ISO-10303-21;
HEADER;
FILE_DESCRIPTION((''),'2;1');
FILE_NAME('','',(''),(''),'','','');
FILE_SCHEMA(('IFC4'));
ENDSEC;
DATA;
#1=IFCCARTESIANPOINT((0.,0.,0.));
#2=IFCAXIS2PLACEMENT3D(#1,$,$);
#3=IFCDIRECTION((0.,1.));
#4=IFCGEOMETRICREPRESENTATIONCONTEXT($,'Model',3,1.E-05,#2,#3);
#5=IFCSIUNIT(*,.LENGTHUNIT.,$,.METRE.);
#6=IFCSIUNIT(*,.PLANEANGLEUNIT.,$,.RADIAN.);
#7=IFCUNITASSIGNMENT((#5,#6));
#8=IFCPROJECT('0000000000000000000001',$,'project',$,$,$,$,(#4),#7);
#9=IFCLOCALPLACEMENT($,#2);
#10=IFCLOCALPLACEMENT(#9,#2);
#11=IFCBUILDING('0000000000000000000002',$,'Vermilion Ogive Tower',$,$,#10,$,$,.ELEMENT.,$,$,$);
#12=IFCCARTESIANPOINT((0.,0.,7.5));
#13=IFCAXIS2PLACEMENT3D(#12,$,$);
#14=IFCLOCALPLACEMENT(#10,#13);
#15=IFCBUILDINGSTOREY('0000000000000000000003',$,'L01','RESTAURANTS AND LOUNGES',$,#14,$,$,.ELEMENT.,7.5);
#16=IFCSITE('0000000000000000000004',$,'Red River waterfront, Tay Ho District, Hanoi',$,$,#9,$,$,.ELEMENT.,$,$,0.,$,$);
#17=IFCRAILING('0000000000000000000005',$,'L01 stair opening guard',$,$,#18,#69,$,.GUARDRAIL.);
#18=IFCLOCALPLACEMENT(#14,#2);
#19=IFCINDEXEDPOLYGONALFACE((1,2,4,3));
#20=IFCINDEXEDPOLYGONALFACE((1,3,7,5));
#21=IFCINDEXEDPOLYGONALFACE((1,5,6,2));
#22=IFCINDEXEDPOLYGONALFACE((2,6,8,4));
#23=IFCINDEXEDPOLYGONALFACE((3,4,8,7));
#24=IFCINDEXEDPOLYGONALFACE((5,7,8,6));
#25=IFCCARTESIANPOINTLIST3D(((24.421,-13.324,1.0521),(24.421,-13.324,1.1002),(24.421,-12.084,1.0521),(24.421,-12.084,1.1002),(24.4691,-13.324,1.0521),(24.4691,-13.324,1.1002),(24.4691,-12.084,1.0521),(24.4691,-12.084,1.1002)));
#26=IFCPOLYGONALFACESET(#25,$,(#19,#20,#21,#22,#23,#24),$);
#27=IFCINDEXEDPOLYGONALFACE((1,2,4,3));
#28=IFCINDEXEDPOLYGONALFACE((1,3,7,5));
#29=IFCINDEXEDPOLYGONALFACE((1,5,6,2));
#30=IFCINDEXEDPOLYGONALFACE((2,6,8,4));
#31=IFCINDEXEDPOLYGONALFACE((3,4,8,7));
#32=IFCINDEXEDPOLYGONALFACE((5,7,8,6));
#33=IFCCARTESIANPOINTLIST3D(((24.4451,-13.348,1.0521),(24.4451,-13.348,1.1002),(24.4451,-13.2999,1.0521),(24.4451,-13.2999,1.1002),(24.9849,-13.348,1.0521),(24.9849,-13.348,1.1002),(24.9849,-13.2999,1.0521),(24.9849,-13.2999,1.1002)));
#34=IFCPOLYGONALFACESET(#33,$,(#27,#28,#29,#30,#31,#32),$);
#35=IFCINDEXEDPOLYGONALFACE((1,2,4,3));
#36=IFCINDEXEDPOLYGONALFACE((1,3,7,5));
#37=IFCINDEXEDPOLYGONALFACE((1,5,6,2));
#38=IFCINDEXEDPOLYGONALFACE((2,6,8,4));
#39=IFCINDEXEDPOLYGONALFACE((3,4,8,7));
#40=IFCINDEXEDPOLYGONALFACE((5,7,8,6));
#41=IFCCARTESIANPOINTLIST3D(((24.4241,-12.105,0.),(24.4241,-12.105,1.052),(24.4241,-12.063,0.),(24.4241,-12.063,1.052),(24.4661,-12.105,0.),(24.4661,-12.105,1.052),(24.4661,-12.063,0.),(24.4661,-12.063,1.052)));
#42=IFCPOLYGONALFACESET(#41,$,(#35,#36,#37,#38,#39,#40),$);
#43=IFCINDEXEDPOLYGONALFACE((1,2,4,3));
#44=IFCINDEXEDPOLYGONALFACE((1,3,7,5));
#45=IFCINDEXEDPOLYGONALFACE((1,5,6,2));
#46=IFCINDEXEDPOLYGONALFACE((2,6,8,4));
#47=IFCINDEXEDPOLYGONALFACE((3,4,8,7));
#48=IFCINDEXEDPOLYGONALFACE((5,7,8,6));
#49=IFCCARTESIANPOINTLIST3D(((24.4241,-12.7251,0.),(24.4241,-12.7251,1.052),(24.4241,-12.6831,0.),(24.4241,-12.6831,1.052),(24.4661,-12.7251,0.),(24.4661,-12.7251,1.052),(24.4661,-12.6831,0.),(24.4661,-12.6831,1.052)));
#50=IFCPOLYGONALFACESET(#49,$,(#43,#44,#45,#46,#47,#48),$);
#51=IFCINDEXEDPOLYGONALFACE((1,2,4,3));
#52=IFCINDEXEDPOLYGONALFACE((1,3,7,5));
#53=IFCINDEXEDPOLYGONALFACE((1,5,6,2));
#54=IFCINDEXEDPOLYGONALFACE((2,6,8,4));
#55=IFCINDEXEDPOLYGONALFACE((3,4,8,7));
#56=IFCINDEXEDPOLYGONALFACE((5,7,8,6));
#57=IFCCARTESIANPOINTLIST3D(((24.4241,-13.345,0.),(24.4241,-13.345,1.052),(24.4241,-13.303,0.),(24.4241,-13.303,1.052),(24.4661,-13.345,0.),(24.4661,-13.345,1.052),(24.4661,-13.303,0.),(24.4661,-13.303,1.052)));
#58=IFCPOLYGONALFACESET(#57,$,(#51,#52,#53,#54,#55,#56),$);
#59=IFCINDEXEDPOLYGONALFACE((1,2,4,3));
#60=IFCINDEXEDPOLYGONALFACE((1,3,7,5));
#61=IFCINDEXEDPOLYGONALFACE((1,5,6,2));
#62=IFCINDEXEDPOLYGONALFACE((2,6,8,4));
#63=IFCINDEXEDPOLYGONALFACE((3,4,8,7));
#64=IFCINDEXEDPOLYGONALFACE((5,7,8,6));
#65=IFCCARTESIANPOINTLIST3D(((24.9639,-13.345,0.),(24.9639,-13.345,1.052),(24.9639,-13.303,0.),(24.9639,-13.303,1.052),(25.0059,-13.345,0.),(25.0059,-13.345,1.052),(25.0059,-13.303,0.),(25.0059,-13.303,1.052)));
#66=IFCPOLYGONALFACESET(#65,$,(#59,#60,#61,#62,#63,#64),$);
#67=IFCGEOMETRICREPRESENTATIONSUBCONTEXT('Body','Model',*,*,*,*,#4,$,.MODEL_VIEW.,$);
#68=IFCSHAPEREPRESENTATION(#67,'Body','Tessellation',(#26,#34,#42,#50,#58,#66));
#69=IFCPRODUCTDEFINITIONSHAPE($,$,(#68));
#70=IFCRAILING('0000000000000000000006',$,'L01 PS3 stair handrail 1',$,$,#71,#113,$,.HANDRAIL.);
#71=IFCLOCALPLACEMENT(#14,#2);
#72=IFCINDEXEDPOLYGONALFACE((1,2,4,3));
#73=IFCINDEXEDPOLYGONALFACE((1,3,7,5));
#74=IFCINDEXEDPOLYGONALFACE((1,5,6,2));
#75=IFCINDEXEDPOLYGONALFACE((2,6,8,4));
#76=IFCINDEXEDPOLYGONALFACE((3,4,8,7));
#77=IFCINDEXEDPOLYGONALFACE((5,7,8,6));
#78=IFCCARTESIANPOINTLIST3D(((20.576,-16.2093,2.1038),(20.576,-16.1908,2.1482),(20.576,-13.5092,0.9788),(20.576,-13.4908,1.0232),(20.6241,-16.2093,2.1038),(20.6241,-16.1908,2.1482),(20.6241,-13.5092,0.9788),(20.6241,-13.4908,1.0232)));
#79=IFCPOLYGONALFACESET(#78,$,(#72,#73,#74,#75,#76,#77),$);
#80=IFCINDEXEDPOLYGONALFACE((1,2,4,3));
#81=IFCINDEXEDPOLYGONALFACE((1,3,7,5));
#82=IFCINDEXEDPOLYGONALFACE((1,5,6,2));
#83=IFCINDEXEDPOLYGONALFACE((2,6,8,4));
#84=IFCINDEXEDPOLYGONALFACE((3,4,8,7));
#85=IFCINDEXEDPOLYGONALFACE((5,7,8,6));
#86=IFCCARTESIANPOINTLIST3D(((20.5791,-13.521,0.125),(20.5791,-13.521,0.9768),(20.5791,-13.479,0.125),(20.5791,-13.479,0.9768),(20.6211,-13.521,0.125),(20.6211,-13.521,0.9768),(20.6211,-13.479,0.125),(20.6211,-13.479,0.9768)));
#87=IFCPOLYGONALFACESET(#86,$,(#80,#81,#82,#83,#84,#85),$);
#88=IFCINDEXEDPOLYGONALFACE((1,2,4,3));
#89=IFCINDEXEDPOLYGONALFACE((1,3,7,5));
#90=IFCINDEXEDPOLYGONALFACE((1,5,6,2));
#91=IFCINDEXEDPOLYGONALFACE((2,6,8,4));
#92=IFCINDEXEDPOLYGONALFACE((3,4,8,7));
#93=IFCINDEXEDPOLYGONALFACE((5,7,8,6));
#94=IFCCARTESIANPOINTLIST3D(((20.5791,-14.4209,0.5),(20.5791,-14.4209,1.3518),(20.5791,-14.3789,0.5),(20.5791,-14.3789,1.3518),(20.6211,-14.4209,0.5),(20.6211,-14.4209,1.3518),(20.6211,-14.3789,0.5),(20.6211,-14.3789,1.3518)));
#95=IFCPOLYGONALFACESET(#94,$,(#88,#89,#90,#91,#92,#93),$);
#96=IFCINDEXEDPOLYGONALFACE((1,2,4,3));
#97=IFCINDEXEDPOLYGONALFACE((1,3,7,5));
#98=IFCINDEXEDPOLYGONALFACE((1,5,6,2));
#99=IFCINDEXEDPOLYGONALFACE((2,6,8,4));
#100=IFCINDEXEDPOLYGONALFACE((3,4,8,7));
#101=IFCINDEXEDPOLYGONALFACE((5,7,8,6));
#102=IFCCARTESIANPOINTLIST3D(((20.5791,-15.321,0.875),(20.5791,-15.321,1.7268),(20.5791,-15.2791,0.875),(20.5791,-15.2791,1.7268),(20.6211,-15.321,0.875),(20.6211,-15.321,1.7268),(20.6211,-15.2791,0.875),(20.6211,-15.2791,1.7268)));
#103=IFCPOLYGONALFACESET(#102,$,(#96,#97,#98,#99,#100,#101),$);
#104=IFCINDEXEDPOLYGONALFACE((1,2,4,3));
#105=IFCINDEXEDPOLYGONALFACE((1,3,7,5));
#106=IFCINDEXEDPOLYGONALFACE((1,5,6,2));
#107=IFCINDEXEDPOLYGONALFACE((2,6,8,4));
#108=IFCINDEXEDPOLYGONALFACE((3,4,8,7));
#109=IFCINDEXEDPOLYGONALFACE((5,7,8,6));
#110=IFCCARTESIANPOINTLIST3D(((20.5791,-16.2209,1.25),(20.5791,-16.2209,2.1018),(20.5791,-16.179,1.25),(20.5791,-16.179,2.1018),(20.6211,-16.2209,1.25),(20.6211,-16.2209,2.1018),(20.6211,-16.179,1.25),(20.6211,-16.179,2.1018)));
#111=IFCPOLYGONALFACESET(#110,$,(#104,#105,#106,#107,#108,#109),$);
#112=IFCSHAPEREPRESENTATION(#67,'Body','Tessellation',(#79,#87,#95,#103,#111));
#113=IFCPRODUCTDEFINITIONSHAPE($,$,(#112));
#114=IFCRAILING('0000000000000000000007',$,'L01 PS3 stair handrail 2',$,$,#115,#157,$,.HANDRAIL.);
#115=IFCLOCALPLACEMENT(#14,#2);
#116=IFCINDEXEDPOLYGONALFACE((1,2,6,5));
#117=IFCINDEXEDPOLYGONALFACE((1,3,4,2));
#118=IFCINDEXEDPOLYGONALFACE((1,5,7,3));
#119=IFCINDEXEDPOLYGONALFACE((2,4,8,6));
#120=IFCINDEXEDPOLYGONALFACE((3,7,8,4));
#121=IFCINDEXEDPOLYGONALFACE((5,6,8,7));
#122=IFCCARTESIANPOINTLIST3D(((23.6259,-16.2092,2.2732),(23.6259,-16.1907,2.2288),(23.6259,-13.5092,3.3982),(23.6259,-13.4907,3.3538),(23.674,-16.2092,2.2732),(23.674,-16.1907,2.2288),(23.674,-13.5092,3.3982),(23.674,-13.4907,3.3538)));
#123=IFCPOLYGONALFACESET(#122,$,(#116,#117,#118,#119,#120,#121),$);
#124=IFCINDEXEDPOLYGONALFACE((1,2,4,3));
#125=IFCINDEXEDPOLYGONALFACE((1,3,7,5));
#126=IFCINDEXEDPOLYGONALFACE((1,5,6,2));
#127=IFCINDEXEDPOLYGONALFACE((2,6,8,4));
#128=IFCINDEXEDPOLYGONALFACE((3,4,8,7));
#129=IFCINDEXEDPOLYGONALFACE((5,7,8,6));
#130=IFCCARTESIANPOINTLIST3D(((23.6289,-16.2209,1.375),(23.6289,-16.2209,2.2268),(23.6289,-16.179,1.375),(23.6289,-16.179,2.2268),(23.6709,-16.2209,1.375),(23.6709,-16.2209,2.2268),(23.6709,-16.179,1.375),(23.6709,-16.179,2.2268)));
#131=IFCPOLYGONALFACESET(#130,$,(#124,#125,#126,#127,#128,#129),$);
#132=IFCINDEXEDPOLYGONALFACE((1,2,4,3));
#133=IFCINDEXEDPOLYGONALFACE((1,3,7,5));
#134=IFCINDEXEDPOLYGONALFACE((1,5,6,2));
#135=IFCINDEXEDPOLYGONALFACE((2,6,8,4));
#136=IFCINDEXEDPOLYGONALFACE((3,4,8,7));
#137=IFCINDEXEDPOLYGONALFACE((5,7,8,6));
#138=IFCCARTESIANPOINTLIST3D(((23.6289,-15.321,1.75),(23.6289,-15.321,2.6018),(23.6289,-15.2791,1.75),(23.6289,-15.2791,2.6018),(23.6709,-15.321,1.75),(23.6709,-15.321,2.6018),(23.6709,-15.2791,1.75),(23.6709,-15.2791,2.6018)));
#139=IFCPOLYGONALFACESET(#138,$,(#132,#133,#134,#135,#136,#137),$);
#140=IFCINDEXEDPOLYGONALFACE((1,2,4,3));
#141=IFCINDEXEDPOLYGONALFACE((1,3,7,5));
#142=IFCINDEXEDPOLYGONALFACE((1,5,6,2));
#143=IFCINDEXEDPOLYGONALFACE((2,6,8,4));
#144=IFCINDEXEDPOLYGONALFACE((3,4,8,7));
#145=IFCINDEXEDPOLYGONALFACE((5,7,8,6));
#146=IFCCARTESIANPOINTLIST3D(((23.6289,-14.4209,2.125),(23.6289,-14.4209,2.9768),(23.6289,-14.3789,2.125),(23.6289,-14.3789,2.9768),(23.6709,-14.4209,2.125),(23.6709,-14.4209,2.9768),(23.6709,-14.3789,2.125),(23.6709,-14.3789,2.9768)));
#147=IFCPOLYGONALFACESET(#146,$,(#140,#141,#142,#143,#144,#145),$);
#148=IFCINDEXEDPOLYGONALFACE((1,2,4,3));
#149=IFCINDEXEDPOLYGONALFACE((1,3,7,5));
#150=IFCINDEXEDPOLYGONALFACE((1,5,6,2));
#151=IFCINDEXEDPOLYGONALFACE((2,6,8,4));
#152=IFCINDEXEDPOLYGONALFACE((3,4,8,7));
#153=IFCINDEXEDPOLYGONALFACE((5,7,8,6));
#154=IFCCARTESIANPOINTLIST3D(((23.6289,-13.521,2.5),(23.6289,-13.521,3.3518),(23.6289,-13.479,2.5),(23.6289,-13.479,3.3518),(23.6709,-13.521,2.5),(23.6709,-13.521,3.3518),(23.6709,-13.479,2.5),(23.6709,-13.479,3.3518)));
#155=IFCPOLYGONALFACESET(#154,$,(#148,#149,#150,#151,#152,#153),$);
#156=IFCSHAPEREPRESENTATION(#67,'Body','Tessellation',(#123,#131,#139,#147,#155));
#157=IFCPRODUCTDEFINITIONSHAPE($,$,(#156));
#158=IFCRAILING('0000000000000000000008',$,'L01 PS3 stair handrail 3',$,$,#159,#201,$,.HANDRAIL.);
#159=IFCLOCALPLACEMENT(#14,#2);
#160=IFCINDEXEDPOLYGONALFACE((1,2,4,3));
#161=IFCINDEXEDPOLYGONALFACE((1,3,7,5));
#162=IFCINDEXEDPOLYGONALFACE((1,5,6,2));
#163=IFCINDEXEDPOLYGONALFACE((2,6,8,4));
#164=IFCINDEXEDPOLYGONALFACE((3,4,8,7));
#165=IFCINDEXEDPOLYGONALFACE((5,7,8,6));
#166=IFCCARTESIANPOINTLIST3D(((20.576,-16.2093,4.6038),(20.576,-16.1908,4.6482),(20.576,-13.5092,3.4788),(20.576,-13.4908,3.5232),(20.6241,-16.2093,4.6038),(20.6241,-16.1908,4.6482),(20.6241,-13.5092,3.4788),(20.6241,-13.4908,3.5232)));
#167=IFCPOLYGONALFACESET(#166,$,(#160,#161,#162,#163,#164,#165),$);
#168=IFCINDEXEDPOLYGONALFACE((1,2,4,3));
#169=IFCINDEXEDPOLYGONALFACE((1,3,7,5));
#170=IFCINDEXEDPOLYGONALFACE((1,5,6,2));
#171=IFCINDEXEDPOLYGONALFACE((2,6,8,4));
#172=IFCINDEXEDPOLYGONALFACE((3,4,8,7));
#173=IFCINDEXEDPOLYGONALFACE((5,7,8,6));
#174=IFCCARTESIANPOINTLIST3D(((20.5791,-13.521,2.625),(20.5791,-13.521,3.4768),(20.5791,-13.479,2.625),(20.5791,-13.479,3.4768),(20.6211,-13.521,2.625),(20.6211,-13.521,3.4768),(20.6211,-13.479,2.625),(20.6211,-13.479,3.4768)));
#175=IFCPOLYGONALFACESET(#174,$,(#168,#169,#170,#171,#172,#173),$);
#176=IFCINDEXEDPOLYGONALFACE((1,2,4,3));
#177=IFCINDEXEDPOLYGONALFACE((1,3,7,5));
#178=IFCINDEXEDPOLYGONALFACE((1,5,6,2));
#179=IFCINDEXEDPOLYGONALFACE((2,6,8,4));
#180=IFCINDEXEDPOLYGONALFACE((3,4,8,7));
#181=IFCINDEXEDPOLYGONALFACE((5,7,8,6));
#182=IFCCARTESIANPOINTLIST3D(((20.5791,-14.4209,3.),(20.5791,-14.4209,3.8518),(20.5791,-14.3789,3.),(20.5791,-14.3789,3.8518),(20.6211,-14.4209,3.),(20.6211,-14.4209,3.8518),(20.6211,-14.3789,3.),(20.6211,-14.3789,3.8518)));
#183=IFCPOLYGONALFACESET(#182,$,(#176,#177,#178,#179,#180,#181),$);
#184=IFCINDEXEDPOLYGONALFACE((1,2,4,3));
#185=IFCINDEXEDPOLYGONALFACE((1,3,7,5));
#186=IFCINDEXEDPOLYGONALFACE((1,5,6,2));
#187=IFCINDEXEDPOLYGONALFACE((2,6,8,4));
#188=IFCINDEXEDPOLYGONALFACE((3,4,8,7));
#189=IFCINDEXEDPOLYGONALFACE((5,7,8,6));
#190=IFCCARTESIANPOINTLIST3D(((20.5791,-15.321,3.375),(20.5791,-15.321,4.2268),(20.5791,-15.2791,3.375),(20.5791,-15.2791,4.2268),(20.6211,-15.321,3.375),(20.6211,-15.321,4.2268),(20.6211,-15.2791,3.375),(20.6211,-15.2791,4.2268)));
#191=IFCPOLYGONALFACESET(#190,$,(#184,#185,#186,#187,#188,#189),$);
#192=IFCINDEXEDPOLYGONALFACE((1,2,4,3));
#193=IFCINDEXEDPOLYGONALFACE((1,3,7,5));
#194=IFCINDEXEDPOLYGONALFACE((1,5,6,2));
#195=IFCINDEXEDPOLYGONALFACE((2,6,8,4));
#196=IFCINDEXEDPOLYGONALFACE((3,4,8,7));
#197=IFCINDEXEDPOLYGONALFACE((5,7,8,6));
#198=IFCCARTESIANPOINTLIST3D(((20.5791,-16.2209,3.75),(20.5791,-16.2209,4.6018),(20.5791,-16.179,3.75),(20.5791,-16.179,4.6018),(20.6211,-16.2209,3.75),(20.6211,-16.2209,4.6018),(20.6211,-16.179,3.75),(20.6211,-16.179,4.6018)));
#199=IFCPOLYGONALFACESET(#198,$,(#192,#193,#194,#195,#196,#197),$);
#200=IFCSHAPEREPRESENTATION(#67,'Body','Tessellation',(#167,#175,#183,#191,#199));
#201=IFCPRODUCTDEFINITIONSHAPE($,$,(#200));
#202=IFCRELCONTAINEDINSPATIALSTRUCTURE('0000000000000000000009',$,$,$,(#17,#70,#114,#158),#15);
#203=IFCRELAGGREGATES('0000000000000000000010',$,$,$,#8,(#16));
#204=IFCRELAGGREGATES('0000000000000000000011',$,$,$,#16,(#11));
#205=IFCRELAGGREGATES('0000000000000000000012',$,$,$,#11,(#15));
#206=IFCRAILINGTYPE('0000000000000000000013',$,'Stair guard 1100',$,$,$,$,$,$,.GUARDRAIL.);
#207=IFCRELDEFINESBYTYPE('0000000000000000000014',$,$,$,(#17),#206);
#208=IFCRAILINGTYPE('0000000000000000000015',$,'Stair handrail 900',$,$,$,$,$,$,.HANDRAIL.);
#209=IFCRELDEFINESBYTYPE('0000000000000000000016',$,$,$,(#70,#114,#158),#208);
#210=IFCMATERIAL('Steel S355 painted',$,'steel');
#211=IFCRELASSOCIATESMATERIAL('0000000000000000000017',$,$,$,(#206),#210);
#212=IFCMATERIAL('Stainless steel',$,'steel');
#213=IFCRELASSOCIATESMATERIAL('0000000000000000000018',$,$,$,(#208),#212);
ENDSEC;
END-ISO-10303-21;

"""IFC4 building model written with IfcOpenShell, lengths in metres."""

from ifc_helpers import new_model, si_unit, direction, frame, origin, origin_2d, place, context, subcontext, project, spatial, rectangle, extrude, material, type_object, element, save


model = new_model("IFC4")

# Units and contexts
model_context = context("Model", 3, precision=1e-05, world=origin(), true_north=direction((0.0, 1.0)))
body_context = subcontext(model_context, "Body", "Model", "MODEL_VIEW")
ifc_project = project(units=[si_unit("LENGTHUNIT", "METRE"), si_unit("PLANEANGLEUNIT", "RADIAN")], contexts=[model_context])

# Site, building, storey
site_placement = place(None, origin())
site = spatial("IfcSite", under=ifc_project, at=site_placement, Name="Red River waterfront, Tay Ho District, Hanoi", CompositionType="ELEMENT", RefElevation=0.0)
building_placement = place(site_placement, origin())
building = spatial("IfcBuilding", under=site, at=building_placement, Name="Vermilion Ogive Tower", CompositionType="ELEMENT")
storey_placement = place(building_placement, frame((0.0, 0.0, 7.5)))
storey = spatial("IfcBuildingStorey", under=building, at=storey_placement, Name="L01", Description="RESTAURANTS AND LOUNGES", CompositionType="ELEMENT", Elevation=7.5)

# Railings
ifc_material_1 = material(Name="Steel S355 painted", Category="steel")
railing_type_1 = type_object("IfcRailingType", Name="Stair guard 1100", PredefinedType="GUARDRAIL", material=ifc_material_1)
railing_1_placement = place(storey_placement, frame((24.4451, -12.084, 0.0)))
element("IfcRailing", 1, at=railing_1_placement, inside=storey, type_object=railing_type_1, Name="L01 stair opening guard", PredefinedType="GUARDRAIL", context=body_context, shape_type="SweptSolid", body=[
    extrude(rectangle(XDim=0.0481, YDim=0.0481, at=origin_2d()), frame((0.0, 0.0, 1.0762), z_axis=(0.0, -1.0, 0.0), x_axis=(1.0, 0.0, 0.0)), (0.0, 0.0, 1.0), 1.24),
    extrude(rectangle(XDim=0.0481, YDim=0.0481, at=origin_2d()), frame((0.0, -1.24, 1.0762), z_axis=(1.0, 0.0, 0.0), x_axis=(0.0, 1.0, 0.0)), (0.0, 0.0, 1.0), 0.5398),
    extrude(rectangle(XDim=0.042, YDim=0.042, at=origin_2d()), origin(), (0.0, 0.0, 1.0), 1.052),
    extrude(rectangle(XDim=0.042, YDim=0.042, at=origin_2d()), frame((0.0, -0.6201, 0.0)), (0.0, 0.0, 1.0), 1.052),
    extrude(rectangle(XDim=0.042, YDim=0.042, at=origin_2d()), frame((0.0, -1.24, 0.0)), (0.0, 0.0, 1.0), 1.052),
    extrude(rectangle(XDim=0.042, YDim=0.042, at=origin_2d()), frame((0.5398, -1.24, 0.0)), (0.0, 0.0, 1.0), 1.052),
])
ifc_material_2 = material(Name="Stainless steel", Category="steel")
railing_type_2 = type_object("IfcRailingType", Name="Stair handrail 900", PredefinedType="HANDRAIL", material=ifc_material_2)
railing_2_placement = place(storey_placement, frame((20.6001, -13.5, 0.125)))
element("IfcRailing", 2, at=railing_2_placement, inside=storey, type_object=railing_type_2, Name="L01 PS3 stair handrail 1", PredefinedType="HANDRAIL", context=body_context, shape_type="SweptSolid", body=[
    extrude(rectangle(XDim=0.0481, YDim=0.0481, at=origin_2d()), frame((0.0, 0.0, 0.876), z_axis=(0.0, -0.923074, 0.384621), x_axis=(1.0, 0.0, 0.0)), (0.0, 0.0, 1.0), 2.925),
    extrude(rectangle(XDim=0.042, YDim=0.042, at=origin_2d()), origin(), (0.0, 0.0, 1.0), 0.8518),
    extrude(rectangle(XDim=0.042, YDim=0.042, at=origin_2d()), frame((0.0, -0.8999, 0.375)), (0.0, 0.0, 1.0), 0.8518),
    extrude(rectangle(XDim=0.042, YDim=0.042, at=origin_2d()), frame((0.0, -1.8, 0.75)), (0.0, 0.0, 1.0), 0.8518),
    extrude(rectangle(XDim=0.042, YDim=0.042, at=origin_2d()), frame((0.0, -2.7, 1.125)), (0.0, 0.0, 1.0), 0.8518),
])
railing_3_placement = place(storey_placement, frame((23.6499, -16.2, 1.375)))
element("IfcRailing", 3, at=railing_3_placement, inside=storey, type_object=railing_type_2, Name="L01 PS3 stair handrail 2", PredefinedType="HANDRAIL", context=body_context, shape_type="SweptSolid", body=[
    extrude(rectangle(XDim=0.0481, YDim=0.0481, at=origin_2d()), frame((0.0, 0.0, 0.876), z_axis=(0.0, 0.923074, 0.384621), x_axis=(-1.0, 0.0, 0.0)), (0.0, 0.0, 1.0), 2.925),
    extrude(rectangle(XDim=0.042, YDim=0.042, at=origin_2d()), origin(), (0.0, 0.0, 1.0), 0.8518),
    extrude(rectangle(XDim=0.042, YDim=0.042, at=origin_2d()), frame((0.0, 0.8999, 0.375)), (0.0, 0.0, 1.0), 0.8518),
    extrude(rectangle(XDim=0.042, YDim=0.042, at=origin_2d()), frame((0.0, 1.8, 0.75)), (0.0, 0.0, 1.0), 0.8518),
    extrude(rectangle(XDim=0.042, YDim=0.042, at=origin_2d()), frame((0.0, 2.7, 1.125)), (0.0, 0.0, 1.0), 0.8518),
])
railing_4_placement = place(storey_placement, frame((20.6001, -13.5, 2.625)))
element("IfcRailing", 4, at=railing_4_placement, inside=storey, type_object=railing_type_2, Name="L01 PS3 stair handrail 3", PredefinedType="HANDRAIL", context=body_context, shape_type="SweptSolid", body=[
    extrude(rectangle(XDim=0.0481, YDim=0.0481, at=origin_2d()), frame((0.0, 0.0, 0.876), z_axis=(0.0, -0.923074, 0.384621), x_axis=(1.0, 0.0, 0.0)), (0.0, 0.0, 1.0), 2.925),
    extrude(rectangle(XDim=0.042, YDim=0.042, at=origin_2d()), origin(), (0.0, 0.0, 1.0), 0.8518),
    extrude(rectangle(XDim=0.042, YDim=0.042, at=origin_2d()), frame((0.0, -0.8999, 0.375)), (0.0, 0.0, 1.0), 0.8518),
    extrude(rectangle(XDim=0.042, YDim=0.042, at=origin_2d()), frame((0.0, -1.8, 0.75)), (0.0, 0.0, 1.0), 0.8518),
    extrude(rectangle(XDim=0.042, YDim=0.042, at=origin_2d()), frame((0.0, -2.7, 1.125)), (0.0, 0.0, 1.0), 0.8518),
])

save(model, "model.ifc")
